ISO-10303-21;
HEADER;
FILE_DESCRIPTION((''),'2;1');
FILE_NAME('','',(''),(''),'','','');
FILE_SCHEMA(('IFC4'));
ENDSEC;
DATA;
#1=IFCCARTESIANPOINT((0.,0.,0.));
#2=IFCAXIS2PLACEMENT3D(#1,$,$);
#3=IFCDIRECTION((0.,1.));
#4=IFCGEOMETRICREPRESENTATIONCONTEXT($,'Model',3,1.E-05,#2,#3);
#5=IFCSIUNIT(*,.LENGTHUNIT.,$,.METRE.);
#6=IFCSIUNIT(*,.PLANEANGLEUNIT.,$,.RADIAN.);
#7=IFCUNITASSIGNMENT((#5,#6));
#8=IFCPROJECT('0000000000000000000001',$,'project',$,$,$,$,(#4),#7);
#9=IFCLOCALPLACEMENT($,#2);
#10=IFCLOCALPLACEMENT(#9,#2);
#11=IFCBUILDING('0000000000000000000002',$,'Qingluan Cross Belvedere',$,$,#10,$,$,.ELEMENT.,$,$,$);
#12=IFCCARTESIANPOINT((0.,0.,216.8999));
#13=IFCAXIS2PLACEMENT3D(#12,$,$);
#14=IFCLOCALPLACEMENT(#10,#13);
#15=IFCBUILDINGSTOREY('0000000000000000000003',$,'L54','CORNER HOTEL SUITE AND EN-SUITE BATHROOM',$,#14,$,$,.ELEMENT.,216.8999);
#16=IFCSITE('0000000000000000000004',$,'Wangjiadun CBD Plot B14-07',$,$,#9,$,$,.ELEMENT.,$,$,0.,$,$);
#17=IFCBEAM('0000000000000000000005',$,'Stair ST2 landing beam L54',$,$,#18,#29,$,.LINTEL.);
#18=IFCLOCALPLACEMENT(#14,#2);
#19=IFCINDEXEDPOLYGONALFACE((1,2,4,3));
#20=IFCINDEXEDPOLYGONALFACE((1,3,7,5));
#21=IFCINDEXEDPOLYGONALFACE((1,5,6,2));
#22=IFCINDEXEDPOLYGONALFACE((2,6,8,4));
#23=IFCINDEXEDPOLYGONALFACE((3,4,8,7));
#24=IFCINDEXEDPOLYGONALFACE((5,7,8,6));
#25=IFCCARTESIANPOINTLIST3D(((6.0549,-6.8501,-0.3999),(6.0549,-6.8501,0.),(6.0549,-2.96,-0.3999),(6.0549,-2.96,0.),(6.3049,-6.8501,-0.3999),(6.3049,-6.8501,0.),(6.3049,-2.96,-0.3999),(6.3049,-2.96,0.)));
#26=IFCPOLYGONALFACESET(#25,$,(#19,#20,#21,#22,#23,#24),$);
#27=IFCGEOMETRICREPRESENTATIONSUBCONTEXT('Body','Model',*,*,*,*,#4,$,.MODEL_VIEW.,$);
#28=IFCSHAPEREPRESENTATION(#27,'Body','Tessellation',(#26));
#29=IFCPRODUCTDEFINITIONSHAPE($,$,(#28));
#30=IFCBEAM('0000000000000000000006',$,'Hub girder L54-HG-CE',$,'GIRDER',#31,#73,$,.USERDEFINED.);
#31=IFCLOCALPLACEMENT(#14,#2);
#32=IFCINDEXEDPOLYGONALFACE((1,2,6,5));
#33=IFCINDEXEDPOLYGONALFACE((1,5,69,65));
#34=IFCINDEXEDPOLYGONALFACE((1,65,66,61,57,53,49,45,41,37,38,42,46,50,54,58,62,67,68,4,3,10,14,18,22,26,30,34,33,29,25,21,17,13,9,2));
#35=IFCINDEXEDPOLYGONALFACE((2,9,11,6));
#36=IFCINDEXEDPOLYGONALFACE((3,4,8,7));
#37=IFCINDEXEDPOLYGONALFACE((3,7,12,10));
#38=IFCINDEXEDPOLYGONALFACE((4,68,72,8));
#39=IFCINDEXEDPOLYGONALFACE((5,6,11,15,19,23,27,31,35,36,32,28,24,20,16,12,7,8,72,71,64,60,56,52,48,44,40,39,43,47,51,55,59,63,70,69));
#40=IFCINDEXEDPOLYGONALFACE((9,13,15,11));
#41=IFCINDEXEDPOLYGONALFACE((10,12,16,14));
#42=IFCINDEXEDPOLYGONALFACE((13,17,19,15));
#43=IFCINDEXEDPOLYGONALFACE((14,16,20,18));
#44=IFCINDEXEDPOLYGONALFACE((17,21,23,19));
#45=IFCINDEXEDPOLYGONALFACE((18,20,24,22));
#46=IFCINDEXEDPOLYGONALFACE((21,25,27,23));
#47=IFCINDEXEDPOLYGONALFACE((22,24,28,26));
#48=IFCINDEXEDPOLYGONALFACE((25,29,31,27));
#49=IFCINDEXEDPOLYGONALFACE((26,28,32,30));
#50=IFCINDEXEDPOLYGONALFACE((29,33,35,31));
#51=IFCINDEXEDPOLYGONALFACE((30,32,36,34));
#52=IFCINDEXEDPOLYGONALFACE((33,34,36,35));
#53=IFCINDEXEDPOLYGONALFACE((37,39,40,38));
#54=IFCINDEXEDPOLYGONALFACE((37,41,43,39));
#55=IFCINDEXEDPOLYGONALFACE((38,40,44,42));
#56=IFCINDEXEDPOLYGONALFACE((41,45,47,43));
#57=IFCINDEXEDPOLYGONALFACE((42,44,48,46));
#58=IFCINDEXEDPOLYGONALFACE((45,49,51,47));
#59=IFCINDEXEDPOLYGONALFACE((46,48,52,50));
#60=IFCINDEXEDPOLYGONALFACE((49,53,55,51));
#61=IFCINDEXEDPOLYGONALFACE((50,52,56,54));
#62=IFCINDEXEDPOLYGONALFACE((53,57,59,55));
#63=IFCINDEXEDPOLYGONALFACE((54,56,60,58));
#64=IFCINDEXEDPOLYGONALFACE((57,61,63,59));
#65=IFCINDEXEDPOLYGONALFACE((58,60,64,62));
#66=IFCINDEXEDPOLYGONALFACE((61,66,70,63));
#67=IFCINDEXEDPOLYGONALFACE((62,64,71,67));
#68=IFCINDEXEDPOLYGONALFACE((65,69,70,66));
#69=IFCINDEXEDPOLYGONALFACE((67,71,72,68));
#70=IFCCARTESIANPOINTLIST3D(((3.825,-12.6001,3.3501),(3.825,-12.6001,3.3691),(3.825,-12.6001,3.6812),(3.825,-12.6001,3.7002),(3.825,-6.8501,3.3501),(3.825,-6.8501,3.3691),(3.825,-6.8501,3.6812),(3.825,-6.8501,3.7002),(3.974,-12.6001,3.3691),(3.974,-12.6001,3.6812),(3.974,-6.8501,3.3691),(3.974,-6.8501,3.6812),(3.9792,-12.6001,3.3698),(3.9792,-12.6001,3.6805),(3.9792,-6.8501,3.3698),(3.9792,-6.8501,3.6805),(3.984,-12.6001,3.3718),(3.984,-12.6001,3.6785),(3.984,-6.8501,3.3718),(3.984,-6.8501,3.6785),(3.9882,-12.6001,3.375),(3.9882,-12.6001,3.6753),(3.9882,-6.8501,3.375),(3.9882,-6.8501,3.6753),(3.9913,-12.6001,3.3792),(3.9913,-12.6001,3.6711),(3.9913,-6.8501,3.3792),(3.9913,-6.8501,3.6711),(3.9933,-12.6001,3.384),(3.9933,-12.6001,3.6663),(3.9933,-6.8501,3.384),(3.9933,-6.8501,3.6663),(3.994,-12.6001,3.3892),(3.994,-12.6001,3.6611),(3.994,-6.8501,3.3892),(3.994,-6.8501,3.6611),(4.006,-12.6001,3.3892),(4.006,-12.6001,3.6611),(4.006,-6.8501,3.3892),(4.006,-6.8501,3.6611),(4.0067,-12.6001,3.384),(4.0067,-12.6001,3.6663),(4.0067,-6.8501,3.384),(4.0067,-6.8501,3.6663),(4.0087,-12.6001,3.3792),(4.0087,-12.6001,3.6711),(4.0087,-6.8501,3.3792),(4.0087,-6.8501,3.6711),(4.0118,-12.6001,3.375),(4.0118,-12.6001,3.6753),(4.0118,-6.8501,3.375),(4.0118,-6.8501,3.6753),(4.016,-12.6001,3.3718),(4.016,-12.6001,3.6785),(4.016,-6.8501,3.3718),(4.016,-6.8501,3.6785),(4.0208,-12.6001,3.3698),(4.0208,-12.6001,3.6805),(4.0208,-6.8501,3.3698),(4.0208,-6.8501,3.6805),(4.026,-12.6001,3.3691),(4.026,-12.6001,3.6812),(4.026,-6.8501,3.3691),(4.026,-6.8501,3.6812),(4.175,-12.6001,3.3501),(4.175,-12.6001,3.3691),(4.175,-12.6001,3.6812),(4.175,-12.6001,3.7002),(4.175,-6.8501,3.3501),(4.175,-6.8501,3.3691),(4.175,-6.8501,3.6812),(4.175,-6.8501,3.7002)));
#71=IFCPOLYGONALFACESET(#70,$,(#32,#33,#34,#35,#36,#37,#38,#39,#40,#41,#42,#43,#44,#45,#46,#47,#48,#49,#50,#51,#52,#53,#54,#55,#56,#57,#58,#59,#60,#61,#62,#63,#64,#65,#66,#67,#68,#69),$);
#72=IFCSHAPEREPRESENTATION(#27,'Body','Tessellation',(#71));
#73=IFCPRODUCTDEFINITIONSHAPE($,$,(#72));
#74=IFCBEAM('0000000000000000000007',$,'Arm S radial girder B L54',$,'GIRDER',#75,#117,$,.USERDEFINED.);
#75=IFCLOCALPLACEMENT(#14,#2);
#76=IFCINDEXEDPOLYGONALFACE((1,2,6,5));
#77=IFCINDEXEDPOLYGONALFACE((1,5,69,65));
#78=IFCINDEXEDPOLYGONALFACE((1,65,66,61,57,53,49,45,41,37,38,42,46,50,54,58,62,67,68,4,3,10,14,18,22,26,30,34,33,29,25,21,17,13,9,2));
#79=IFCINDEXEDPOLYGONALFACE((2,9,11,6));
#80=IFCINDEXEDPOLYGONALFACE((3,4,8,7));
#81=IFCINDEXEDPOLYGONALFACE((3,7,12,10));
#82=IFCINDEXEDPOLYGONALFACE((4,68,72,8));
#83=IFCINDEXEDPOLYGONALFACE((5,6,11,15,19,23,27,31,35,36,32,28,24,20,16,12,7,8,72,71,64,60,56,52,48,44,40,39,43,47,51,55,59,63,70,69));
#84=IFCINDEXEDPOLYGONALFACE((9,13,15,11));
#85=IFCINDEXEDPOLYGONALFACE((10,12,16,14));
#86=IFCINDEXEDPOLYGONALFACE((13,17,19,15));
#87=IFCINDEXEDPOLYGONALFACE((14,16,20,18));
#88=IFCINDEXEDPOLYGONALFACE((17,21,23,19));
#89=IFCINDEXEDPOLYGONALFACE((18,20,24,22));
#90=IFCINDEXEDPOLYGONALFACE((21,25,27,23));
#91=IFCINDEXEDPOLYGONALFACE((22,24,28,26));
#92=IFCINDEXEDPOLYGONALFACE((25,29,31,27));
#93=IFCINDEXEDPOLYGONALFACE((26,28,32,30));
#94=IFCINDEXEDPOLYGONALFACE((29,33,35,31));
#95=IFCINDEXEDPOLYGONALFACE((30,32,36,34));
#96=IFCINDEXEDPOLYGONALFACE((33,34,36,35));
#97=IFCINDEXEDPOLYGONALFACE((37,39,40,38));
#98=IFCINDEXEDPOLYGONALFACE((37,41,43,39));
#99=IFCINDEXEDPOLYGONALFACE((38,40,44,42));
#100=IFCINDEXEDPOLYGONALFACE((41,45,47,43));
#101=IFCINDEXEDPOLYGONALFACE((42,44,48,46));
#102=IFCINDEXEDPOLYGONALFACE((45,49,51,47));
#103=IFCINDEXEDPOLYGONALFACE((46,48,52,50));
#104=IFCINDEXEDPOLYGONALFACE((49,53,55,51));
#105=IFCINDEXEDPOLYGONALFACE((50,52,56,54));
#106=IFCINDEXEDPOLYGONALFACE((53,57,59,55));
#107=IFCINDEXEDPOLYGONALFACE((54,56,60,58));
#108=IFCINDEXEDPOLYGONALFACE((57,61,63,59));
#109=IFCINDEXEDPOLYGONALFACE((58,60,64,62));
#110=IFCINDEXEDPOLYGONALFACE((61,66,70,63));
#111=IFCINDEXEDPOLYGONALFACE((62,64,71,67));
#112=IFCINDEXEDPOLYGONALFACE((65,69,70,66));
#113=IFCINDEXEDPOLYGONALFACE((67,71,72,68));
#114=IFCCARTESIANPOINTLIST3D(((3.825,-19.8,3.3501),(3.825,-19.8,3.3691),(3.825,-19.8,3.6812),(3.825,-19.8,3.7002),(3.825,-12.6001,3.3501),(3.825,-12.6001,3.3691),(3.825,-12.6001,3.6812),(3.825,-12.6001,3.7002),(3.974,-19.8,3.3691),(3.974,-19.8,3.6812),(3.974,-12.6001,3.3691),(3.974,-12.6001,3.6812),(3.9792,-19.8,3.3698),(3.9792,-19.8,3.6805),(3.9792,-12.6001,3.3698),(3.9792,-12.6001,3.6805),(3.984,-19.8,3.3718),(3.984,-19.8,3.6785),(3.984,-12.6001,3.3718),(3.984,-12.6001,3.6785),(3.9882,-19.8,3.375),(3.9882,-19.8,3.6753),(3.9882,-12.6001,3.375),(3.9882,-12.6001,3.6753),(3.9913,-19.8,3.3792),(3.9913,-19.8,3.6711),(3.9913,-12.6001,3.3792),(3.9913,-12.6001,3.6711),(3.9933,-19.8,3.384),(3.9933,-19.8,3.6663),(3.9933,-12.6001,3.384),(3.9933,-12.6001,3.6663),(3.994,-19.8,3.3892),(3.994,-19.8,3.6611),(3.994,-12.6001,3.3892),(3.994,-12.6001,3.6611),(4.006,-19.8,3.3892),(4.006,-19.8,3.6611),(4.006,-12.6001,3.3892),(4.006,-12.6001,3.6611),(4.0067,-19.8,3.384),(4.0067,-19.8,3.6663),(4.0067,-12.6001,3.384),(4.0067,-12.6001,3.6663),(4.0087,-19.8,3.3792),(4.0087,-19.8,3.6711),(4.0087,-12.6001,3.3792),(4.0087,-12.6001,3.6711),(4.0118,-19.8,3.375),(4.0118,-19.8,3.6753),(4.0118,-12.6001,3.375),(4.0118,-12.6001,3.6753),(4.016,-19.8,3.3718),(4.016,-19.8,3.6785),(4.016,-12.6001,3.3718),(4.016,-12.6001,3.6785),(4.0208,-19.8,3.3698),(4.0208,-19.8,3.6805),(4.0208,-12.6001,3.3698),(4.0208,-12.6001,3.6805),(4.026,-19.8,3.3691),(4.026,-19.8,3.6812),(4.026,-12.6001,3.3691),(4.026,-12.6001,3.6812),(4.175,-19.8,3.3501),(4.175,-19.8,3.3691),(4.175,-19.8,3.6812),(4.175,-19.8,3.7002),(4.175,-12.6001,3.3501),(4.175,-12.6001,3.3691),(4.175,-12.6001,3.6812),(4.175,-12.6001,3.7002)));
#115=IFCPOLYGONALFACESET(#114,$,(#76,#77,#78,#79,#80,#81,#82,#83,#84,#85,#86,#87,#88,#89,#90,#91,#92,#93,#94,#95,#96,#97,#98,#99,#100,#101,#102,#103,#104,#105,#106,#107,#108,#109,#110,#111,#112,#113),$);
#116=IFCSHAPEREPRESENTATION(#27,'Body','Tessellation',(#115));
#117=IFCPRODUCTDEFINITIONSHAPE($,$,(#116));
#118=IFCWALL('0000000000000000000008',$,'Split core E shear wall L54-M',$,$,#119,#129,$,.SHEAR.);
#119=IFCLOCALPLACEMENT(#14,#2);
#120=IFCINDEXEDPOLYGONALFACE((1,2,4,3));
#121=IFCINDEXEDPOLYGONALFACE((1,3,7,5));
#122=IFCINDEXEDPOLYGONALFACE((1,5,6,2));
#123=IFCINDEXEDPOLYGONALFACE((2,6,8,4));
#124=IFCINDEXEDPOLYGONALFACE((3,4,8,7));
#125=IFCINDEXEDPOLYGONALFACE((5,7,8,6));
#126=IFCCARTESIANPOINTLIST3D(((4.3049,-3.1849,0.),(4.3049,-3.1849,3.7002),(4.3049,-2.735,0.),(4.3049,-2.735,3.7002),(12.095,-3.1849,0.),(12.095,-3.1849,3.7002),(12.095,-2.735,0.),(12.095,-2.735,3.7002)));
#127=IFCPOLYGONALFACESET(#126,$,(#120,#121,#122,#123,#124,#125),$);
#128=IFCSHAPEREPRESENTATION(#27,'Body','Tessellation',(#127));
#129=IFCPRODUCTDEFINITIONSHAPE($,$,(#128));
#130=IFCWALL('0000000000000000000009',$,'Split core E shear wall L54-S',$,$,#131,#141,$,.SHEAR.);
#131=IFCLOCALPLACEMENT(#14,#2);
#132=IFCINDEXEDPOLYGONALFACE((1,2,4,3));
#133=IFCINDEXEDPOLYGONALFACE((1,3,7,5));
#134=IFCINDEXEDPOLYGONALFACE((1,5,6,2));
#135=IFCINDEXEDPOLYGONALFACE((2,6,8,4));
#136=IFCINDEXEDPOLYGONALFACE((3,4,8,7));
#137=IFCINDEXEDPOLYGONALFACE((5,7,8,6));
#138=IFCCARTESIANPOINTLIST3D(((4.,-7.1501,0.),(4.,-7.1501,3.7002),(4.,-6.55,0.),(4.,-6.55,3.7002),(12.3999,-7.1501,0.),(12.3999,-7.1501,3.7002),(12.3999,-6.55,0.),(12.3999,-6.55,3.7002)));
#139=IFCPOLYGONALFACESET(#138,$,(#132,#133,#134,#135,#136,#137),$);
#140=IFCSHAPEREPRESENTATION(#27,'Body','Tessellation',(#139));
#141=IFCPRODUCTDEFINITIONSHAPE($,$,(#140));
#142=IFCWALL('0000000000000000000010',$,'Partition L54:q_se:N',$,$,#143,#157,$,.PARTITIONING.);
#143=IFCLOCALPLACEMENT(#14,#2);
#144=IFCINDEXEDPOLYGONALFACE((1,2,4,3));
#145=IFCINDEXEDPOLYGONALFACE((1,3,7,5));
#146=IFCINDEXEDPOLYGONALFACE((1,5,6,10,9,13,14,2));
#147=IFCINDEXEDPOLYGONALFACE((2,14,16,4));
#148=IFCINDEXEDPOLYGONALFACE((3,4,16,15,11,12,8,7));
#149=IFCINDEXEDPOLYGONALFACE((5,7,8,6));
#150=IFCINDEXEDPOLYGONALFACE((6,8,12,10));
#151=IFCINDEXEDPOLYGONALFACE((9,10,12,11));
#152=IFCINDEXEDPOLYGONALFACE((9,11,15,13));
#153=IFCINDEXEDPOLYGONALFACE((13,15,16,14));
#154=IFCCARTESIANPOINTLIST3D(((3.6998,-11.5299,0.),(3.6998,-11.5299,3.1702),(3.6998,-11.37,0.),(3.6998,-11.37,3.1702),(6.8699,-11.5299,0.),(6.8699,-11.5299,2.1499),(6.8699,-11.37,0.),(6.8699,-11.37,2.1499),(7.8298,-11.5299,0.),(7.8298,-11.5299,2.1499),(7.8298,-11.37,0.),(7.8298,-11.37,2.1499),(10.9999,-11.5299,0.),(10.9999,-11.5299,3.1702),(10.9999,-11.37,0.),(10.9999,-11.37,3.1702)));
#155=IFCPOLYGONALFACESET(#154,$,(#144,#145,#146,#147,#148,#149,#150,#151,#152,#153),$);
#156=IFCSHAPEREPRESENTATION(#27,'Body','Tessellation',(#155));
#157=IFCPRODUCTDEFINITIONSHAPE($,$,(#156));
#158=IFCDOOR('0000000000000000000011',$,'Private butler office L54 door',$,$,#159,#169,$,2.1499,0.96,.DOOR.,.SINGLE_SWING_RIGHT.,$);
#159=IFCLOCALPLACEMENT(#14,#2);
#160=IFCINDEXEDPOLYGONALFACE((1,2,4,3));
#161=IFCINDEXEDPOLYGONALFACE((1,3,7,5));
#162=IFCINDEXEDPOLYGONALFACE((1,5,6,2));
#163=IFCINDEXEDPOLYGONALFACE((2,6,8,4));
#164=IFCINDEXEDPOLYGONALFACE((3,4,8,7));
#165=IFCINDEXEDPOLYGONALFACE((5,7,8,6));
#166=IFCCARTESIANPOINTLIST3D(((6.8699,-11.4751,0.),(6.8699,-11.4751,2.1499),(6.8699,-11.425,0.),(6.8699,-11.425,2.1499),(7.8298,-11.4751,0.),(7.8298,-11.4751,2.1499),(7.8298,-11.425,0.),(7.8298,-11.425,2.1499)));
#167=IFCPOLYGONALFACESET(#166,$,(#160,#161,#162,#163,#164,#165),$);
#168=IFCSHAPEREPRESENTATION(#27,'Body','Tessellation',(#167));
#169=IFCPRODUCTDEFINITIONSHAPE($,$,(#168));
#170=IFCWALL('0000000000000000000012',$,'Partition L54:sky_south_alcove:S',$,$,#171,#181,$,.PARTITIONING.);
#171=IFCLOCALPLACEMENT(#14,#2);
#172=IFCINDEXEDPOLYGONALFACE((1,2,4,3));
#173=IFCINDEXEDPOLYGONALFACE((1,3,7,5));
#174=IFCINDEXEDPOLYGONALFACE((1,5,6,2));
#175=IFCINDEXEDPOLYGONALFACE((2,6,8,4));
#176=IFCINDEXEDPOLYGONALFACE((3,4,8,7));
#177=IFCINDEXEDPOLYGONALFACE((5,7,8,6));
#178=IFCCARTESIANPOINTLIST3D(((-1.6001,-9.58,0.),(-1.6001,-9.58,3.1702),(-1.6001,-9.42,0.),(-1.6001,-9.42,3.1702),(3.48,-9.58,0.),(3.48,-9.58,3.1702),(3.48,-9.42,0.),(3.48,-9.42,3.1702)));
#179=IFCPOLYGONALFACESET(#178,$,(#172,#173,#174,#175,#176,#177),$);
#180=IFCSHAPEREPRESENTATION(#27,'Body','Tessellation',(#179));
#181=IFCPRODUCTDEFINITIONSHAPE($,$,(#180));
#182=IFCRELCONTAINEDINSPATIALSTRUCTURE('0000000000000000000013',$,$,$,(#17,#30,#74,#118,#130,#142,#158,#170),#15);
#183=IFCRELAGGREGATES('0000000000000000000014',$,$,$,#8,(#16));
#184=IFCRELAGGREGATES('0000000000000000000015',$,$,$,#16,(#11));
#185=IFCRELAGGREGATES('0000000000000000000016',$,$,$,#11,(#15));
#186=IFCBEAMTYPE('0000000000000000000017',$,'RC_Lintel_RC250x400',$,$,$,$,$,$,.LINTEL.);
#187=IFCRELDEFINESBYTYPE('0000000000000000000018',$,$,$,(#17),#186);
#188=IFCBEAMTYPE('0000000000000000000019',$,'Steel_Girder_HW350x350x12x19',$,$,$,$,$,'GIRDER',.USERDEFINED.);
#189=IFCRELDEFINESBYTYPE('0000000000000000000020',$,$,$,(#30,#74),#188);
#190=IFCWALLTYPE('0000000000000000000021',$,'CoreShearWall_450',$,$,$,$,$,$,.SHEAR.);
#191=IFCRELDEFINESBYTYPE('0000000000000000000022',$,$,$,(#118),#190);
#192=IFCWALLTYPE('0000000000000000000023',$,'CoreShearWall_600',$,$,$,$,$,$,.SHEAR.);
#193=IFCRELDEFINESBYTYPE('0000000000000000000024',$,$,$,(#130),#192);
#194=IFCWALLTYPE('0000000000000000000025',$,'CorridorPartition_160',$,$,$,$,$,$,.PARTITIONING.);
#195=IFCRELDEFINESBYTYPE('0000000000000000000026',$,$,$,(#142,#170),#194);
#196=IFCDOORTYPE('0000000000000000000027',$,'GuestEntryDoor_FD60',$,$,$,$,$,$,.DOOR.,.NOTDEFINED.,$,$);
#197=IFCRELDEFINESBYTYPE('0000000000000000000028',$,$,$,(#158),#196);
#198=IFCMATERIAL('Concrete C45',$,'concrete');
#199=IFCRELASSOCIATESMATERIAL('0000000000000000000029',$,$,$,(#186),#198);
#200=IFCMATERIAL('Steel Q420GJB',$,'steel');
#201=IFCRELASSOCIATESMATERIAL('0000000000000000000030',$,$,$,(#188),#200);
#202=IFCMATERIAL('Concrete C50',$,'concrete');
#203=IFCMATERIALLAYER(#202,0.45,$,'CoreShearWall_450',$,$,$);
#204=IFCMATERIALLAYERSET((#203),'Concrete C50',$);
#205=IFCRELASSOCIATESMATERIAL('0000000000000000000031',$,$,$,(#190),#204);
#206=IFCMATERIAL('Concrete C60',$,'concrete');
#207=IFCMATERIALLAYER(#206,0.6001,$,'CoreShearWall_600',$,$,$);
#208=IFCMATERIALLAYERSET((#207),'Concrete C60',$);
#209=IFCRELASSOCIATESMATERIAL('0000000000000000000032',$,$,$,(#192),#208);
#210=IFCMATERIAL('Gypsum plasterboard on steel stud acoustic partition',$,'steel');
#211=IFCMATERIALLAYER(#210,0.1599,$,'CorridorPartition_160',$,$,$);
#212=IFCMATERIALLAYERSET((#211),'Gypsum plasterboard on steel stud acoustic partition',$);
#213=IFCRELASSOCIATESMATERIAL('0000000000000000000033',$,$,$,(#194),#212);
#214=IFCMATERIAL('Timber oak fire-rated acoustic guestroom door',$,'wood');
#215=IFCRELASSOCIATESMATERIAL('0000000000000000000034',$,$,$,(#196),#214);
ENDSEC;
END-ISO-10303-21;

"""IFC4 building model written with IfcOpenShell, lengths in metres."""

from ifc_helpers import new_model, si_unit, direction, frame, frame_2d, origin, origin_2d, place, context, subcontext, project, spatial, rectangle, i_section, extrude, material, layer, layer_set, material_profile, profile_set, type_object, element, fill, save


model = new_model("IFC4")

# Units and contexts
model_context = context("Model", 3, precision=1e-05, world=origin(), true_north=direction((0.0, 1.0)))
body_context = subcontext(model_context, "Body", "Model", "MODEL_VIEW")
ifc_project = project(units=[si_unit("LENGTHUNIT", "METRE"), si_unit("PLANEANGLEUNIT", "RADIAN")], contexts=[model_context])

# Site, building, storey
site_placement = place(None, origin())
site = spatial("IfcSite", under=ifc_project, at=site_placement, Name="Wangjiadun CBD Plot B14-07", CompositionType="ELEMENT", RefElevation=0.0)
building_placement = place(site_placement, origin())
building = spatial("IfcBuilding", under=site, at=building_placement, Name="Qingluan Cross Belvedere", CompositionType="ELEMENT")
storey_placement = place(building_placement, frame((0.0, 0.0, 216.8999)))
storey = spatial("IfcBuildingStorey", under=building, at=storey_placement, Name="L54", Description="CORNER HOTEL SUITE AND EN-SUITE BATHROOM", CompositionType="ELEMENT", Elevation=216.8999)

# Beams
ifc_material_1 = material(Name="Concrete C45", Category="concrete")
ifc_material_profile_1 = material_profile(ifc_material_1, rectangle(XDim=0.25, YDim=0.3999, at=origin_2d()), Name="RC250x400")
ifc_profile_set_1 = profile_set([ifc_material_profile_1], Name="Concrete C45")
beam_type_1 = type_object("IfcBeamType", Name="RC_Lintel_RC250x400", PredefinedType="LINTEL", material=ifc_profile_set_1)
beam_1_placement = place(storey_placement, frame((6.1799, -6.8501, -0.2), z_axis=(0.0, 1.0, 0.0), x_axis=(-1.0, 0.0, 0.0)))
element("IfcBeam", 1, at=beam_1_placement, inside=storey, type_object=beam_type_1, Name="Stair ST2 landing beam L54", PredefinedType="LINTEL", context=body_context, shape_type="SweptSolid", body=[
    extrude(rectangle(XDim=0.25, YDim=0.3999, at=origin_2d()), origin(), (0.0, 0.0, 1.0), 3.8901),
])
ifc_material_2 = material(Name="Steel Q420GJB", Category="steel")
ifc_material_profile_2 = material_profile(ifc_material_2, i_section(OverallWidth=0.3501, OverallDepth=0.3501, WebThickness=0.012, FlangeThickness=0.019, FilletRadius=0.02, at=origin_2d()), Name="HW350x350x12x19")
ifc_profile_set_2 = profile_set([ifc_material_profile_2], Name="Steel Q420GJB")
beam_type_2 = type_object("IfcBeamType", Name="Steel_Girder_HW350x350x12x19", ElementType="GIRDER", PredefinedType="USERDEFINED", material=ifc_profile_set_2)
beam_2_placement = place(storey_placement, frame((4.0, -12.6001, 3.5251), z_axis=(0.0, 1.0, 0.0), x_axis=(-1.0, 0.0, 0.0)))
element("IfcBeam", 2, at=beam_2_placement, inside=storey, type_object=beam_type_2, Name="Hub girder L54-HG-CE", ObjectType="GIRDER", PredefinedType="USERDEFINED", context=body_context, shape_type="SweptSolid", body=[
    extrude(i_section(OverallWidth=0.3501, OverallDepth=0.3501, WebThickness=0.012, FlangeThickness=0.019, FilletRadius=0.02, at=origin_2d()), origin(), (0.0, 0.0, 1.0), 5.75),
])
beam_3_placement = place(storey_placement, frame((4.0, -12.6001, 3.5251), z_axis=(0.0, -1.0, 0.0), x_axis=(1.0, 0.0, 0.0)))
element("IfcBeam", 3, at=beam_3_placement, inside=storey, type_object=beam_type_2, Name="Arm S radial girder B L54", ObjectType="GIRDER", PredefinedType="USERDEFINED", context=body_context, shape_type="SweptSolid", body=[
    extrude(i_section(OverallWidth=0.3501, OverallDepth=0.3501, WebThickness=0.012, FlangeThickness=0.019, FilletRadius=0.02, at=origin_2d()), origin(), (0.0, 0.0, 1.0), 7.2),
])

# Walls
ifc_material_3 = material(Name="Concrete C50", Category="concrete")
ifc_layer_1 = layer(ifc_material_3, 0.45, Name="CoreShearWall_450")
ifc_layer_set_1 = layer_set([ifc_layer_1], Name="Concrete C50")
wall_type_1 = type_object("IfcWallType", Name="CoreShearWall_450", PredefinedType="SHEAR", material=ifc_layer_set_1)
wall_1_placement = place(storey_placement, frame((4.3049, -2.96, 0.0), z_axis=(0.0, 0.0, 1.0), x_axis=(1.0, 0.0, 0.0)))
element("IfcWall", 4, at=wall_1_placement, inside=storey, type_object=wall_type_1, Name="Split core E shear wall L54-M", PredefinedType="SHEAR", context=body_context, shape_type="SweptSolid", body=[
    extrude(rectangle(XDim=7.79, YDim=0.45, at=frame_2d((3.895, 0.0))), origin(), (0.0, 0.0, 1.0), 3.7002),
])
ifc_material_4 = material(Name="Concrete C60", Category="concrete")
ifc_layer_2 = layer(ifc_material_4, 0.6001, Name="CoreShearWall_600")
ifc_layer_set_2 = layer_set([ifc_layer_2], Name="Concrete C60")
wall_type_2 = type_object("IfcWallType", Name="CoreShearWall_600", PredefinedType="SHEAR", material=ifc_layer_set_2)
wall_2_placement = place(storey_placement, frame((4.0, -6.8501, 0.0), z_axis=(0.0, 0.0, 1.0), x_axis=(1.0, 0.0, 0.0)))
element("IfcWall", 5, at=wall_2_placement, inside=storey, type_object=wall_type_2, Name="Split core E shear wall L54-S", PredefinedType="SHEAR", context=body_context, shape_type="SweptSolid", body=[
    extrude(rectangle(XDim=8.3999, YDim=0.6001, at=frame_2d((4.2, 0.0))), origin(), (0.0, 0.0, 1.0), 3.7002),
])

# Wall, opening, door
ifc_material_5 = material(Name="Gypsum plasterboard on steel stud acoustic partition", Category="steel")
ifc_layer_3 = layer(ifc_material_5, 0.1599, Name="CorridorPartition_160")
ifc_layer_set_3 = layer_set([ifc_layer_3], Name="Gypsum plasterboard on steel stud acoustic partition")
wall_type_3 = type_object("IfcWallType", Name="CorridorPartition_160", PredefinedType="PARTITIONING", material=ifc_layer_set_3)
wall_3_placement = place(storey_placement, frame((3.7, -11.45, 0.0), z_axis=(0.0, 0.0, 1.0), x_axis=(1.0, 0.0, 0.0)))
wall_3 = element("IfcWall", 6, at=wall_3_placement, inside=storey, type_object=wall_type_3, Name="Partition L54:q_se:N", PredefinedType="PARTITIONING", context=body_context, shape_type="SweptSolid", body=[
    extrude(rectangle(XDim=7.3, YDim=0.1599, at=frame_2d((3.6499, 0.0))), origin(), (0.0, 0.0, 1.0), 3.1702),
])
opening_1_placement = place(wall_3_placement, frame((3.1699, 0.0, 0.0)))
opening_1 = element("IfcOpeningElement", 7, at=opening_1_placement, cuts=wall_3, PredefinedType="OPENING", context=body_context, shape_type="SweptSolid", body=[
    extrude(rectangle(XDim=0.96, YDim=2.1499, at=frame_2d((0.48, 1.075))), frame((0.0, 0.0898, 0.0), z_axis=(0.0, -1.0, 0.0), x_axis=(1.0, 0.0, 0.0)), (0.0, 0.0, 1.0), 0.1799),
])
ifc_material_6 = material(Name="Timber oak fire-rated acoustic guestroom door", Category="wood")
door_type_1 = type_object("IfcDoorType", Name="GuestEntryDoor_FD60", OperationType="NOTDEFINED", PredefinedType="DOOR", material=ifc_material_6)
door_1_placement = place(opening_1_placement, origin())
door_1 = element("IfcDoor", 8, at=door_1_placement, inside=storey, type_object=door_type_1, Name="Private butler office L54 door", OperationType="SINGLE_SWING_RIGHT", OverallHeight=2.1499, OverallWidth=0.96, PredefinedType="DOOR", context=body_context, shape_type="SweptSolid", body=[
    extrude(rectangle(XDim=0.96, YDim=2.1499, at=frame_2d((0.48, 1.075))), frame((0.0, 0.0249, 0.0), z_axis=(0.0, -1.0, 0.0), x_axis=(1.0, 0.0, 0.0)), (0.0, 0.0, 1.0), 0.05),
])
fill(opening_1, door_1)

# Wall
wall_4_placement = place(storey_placement, frame((-1.6001, -9.5, 0.0), z_axis=(0.0, 0.0, 1.0), x_axis=(1.0, 0.0, 0.0)))
element("IfcWall", 9, at=wall_4_placement, inside=storey, type_object=wall_type_3, Name="Partition L54:sky_south_alcove:S", PredefinedType="PARTITIONING", context=body_context, shape_type="SweptSolid", body=[
    extrude(rectangle(XDim=5.0801, YDim=0.1599, at=frame_2d((2.54, 0.0))), origin(), (0.0, 0.0, 1.0), 3.1702),
])

save(model, "model.ifc")
